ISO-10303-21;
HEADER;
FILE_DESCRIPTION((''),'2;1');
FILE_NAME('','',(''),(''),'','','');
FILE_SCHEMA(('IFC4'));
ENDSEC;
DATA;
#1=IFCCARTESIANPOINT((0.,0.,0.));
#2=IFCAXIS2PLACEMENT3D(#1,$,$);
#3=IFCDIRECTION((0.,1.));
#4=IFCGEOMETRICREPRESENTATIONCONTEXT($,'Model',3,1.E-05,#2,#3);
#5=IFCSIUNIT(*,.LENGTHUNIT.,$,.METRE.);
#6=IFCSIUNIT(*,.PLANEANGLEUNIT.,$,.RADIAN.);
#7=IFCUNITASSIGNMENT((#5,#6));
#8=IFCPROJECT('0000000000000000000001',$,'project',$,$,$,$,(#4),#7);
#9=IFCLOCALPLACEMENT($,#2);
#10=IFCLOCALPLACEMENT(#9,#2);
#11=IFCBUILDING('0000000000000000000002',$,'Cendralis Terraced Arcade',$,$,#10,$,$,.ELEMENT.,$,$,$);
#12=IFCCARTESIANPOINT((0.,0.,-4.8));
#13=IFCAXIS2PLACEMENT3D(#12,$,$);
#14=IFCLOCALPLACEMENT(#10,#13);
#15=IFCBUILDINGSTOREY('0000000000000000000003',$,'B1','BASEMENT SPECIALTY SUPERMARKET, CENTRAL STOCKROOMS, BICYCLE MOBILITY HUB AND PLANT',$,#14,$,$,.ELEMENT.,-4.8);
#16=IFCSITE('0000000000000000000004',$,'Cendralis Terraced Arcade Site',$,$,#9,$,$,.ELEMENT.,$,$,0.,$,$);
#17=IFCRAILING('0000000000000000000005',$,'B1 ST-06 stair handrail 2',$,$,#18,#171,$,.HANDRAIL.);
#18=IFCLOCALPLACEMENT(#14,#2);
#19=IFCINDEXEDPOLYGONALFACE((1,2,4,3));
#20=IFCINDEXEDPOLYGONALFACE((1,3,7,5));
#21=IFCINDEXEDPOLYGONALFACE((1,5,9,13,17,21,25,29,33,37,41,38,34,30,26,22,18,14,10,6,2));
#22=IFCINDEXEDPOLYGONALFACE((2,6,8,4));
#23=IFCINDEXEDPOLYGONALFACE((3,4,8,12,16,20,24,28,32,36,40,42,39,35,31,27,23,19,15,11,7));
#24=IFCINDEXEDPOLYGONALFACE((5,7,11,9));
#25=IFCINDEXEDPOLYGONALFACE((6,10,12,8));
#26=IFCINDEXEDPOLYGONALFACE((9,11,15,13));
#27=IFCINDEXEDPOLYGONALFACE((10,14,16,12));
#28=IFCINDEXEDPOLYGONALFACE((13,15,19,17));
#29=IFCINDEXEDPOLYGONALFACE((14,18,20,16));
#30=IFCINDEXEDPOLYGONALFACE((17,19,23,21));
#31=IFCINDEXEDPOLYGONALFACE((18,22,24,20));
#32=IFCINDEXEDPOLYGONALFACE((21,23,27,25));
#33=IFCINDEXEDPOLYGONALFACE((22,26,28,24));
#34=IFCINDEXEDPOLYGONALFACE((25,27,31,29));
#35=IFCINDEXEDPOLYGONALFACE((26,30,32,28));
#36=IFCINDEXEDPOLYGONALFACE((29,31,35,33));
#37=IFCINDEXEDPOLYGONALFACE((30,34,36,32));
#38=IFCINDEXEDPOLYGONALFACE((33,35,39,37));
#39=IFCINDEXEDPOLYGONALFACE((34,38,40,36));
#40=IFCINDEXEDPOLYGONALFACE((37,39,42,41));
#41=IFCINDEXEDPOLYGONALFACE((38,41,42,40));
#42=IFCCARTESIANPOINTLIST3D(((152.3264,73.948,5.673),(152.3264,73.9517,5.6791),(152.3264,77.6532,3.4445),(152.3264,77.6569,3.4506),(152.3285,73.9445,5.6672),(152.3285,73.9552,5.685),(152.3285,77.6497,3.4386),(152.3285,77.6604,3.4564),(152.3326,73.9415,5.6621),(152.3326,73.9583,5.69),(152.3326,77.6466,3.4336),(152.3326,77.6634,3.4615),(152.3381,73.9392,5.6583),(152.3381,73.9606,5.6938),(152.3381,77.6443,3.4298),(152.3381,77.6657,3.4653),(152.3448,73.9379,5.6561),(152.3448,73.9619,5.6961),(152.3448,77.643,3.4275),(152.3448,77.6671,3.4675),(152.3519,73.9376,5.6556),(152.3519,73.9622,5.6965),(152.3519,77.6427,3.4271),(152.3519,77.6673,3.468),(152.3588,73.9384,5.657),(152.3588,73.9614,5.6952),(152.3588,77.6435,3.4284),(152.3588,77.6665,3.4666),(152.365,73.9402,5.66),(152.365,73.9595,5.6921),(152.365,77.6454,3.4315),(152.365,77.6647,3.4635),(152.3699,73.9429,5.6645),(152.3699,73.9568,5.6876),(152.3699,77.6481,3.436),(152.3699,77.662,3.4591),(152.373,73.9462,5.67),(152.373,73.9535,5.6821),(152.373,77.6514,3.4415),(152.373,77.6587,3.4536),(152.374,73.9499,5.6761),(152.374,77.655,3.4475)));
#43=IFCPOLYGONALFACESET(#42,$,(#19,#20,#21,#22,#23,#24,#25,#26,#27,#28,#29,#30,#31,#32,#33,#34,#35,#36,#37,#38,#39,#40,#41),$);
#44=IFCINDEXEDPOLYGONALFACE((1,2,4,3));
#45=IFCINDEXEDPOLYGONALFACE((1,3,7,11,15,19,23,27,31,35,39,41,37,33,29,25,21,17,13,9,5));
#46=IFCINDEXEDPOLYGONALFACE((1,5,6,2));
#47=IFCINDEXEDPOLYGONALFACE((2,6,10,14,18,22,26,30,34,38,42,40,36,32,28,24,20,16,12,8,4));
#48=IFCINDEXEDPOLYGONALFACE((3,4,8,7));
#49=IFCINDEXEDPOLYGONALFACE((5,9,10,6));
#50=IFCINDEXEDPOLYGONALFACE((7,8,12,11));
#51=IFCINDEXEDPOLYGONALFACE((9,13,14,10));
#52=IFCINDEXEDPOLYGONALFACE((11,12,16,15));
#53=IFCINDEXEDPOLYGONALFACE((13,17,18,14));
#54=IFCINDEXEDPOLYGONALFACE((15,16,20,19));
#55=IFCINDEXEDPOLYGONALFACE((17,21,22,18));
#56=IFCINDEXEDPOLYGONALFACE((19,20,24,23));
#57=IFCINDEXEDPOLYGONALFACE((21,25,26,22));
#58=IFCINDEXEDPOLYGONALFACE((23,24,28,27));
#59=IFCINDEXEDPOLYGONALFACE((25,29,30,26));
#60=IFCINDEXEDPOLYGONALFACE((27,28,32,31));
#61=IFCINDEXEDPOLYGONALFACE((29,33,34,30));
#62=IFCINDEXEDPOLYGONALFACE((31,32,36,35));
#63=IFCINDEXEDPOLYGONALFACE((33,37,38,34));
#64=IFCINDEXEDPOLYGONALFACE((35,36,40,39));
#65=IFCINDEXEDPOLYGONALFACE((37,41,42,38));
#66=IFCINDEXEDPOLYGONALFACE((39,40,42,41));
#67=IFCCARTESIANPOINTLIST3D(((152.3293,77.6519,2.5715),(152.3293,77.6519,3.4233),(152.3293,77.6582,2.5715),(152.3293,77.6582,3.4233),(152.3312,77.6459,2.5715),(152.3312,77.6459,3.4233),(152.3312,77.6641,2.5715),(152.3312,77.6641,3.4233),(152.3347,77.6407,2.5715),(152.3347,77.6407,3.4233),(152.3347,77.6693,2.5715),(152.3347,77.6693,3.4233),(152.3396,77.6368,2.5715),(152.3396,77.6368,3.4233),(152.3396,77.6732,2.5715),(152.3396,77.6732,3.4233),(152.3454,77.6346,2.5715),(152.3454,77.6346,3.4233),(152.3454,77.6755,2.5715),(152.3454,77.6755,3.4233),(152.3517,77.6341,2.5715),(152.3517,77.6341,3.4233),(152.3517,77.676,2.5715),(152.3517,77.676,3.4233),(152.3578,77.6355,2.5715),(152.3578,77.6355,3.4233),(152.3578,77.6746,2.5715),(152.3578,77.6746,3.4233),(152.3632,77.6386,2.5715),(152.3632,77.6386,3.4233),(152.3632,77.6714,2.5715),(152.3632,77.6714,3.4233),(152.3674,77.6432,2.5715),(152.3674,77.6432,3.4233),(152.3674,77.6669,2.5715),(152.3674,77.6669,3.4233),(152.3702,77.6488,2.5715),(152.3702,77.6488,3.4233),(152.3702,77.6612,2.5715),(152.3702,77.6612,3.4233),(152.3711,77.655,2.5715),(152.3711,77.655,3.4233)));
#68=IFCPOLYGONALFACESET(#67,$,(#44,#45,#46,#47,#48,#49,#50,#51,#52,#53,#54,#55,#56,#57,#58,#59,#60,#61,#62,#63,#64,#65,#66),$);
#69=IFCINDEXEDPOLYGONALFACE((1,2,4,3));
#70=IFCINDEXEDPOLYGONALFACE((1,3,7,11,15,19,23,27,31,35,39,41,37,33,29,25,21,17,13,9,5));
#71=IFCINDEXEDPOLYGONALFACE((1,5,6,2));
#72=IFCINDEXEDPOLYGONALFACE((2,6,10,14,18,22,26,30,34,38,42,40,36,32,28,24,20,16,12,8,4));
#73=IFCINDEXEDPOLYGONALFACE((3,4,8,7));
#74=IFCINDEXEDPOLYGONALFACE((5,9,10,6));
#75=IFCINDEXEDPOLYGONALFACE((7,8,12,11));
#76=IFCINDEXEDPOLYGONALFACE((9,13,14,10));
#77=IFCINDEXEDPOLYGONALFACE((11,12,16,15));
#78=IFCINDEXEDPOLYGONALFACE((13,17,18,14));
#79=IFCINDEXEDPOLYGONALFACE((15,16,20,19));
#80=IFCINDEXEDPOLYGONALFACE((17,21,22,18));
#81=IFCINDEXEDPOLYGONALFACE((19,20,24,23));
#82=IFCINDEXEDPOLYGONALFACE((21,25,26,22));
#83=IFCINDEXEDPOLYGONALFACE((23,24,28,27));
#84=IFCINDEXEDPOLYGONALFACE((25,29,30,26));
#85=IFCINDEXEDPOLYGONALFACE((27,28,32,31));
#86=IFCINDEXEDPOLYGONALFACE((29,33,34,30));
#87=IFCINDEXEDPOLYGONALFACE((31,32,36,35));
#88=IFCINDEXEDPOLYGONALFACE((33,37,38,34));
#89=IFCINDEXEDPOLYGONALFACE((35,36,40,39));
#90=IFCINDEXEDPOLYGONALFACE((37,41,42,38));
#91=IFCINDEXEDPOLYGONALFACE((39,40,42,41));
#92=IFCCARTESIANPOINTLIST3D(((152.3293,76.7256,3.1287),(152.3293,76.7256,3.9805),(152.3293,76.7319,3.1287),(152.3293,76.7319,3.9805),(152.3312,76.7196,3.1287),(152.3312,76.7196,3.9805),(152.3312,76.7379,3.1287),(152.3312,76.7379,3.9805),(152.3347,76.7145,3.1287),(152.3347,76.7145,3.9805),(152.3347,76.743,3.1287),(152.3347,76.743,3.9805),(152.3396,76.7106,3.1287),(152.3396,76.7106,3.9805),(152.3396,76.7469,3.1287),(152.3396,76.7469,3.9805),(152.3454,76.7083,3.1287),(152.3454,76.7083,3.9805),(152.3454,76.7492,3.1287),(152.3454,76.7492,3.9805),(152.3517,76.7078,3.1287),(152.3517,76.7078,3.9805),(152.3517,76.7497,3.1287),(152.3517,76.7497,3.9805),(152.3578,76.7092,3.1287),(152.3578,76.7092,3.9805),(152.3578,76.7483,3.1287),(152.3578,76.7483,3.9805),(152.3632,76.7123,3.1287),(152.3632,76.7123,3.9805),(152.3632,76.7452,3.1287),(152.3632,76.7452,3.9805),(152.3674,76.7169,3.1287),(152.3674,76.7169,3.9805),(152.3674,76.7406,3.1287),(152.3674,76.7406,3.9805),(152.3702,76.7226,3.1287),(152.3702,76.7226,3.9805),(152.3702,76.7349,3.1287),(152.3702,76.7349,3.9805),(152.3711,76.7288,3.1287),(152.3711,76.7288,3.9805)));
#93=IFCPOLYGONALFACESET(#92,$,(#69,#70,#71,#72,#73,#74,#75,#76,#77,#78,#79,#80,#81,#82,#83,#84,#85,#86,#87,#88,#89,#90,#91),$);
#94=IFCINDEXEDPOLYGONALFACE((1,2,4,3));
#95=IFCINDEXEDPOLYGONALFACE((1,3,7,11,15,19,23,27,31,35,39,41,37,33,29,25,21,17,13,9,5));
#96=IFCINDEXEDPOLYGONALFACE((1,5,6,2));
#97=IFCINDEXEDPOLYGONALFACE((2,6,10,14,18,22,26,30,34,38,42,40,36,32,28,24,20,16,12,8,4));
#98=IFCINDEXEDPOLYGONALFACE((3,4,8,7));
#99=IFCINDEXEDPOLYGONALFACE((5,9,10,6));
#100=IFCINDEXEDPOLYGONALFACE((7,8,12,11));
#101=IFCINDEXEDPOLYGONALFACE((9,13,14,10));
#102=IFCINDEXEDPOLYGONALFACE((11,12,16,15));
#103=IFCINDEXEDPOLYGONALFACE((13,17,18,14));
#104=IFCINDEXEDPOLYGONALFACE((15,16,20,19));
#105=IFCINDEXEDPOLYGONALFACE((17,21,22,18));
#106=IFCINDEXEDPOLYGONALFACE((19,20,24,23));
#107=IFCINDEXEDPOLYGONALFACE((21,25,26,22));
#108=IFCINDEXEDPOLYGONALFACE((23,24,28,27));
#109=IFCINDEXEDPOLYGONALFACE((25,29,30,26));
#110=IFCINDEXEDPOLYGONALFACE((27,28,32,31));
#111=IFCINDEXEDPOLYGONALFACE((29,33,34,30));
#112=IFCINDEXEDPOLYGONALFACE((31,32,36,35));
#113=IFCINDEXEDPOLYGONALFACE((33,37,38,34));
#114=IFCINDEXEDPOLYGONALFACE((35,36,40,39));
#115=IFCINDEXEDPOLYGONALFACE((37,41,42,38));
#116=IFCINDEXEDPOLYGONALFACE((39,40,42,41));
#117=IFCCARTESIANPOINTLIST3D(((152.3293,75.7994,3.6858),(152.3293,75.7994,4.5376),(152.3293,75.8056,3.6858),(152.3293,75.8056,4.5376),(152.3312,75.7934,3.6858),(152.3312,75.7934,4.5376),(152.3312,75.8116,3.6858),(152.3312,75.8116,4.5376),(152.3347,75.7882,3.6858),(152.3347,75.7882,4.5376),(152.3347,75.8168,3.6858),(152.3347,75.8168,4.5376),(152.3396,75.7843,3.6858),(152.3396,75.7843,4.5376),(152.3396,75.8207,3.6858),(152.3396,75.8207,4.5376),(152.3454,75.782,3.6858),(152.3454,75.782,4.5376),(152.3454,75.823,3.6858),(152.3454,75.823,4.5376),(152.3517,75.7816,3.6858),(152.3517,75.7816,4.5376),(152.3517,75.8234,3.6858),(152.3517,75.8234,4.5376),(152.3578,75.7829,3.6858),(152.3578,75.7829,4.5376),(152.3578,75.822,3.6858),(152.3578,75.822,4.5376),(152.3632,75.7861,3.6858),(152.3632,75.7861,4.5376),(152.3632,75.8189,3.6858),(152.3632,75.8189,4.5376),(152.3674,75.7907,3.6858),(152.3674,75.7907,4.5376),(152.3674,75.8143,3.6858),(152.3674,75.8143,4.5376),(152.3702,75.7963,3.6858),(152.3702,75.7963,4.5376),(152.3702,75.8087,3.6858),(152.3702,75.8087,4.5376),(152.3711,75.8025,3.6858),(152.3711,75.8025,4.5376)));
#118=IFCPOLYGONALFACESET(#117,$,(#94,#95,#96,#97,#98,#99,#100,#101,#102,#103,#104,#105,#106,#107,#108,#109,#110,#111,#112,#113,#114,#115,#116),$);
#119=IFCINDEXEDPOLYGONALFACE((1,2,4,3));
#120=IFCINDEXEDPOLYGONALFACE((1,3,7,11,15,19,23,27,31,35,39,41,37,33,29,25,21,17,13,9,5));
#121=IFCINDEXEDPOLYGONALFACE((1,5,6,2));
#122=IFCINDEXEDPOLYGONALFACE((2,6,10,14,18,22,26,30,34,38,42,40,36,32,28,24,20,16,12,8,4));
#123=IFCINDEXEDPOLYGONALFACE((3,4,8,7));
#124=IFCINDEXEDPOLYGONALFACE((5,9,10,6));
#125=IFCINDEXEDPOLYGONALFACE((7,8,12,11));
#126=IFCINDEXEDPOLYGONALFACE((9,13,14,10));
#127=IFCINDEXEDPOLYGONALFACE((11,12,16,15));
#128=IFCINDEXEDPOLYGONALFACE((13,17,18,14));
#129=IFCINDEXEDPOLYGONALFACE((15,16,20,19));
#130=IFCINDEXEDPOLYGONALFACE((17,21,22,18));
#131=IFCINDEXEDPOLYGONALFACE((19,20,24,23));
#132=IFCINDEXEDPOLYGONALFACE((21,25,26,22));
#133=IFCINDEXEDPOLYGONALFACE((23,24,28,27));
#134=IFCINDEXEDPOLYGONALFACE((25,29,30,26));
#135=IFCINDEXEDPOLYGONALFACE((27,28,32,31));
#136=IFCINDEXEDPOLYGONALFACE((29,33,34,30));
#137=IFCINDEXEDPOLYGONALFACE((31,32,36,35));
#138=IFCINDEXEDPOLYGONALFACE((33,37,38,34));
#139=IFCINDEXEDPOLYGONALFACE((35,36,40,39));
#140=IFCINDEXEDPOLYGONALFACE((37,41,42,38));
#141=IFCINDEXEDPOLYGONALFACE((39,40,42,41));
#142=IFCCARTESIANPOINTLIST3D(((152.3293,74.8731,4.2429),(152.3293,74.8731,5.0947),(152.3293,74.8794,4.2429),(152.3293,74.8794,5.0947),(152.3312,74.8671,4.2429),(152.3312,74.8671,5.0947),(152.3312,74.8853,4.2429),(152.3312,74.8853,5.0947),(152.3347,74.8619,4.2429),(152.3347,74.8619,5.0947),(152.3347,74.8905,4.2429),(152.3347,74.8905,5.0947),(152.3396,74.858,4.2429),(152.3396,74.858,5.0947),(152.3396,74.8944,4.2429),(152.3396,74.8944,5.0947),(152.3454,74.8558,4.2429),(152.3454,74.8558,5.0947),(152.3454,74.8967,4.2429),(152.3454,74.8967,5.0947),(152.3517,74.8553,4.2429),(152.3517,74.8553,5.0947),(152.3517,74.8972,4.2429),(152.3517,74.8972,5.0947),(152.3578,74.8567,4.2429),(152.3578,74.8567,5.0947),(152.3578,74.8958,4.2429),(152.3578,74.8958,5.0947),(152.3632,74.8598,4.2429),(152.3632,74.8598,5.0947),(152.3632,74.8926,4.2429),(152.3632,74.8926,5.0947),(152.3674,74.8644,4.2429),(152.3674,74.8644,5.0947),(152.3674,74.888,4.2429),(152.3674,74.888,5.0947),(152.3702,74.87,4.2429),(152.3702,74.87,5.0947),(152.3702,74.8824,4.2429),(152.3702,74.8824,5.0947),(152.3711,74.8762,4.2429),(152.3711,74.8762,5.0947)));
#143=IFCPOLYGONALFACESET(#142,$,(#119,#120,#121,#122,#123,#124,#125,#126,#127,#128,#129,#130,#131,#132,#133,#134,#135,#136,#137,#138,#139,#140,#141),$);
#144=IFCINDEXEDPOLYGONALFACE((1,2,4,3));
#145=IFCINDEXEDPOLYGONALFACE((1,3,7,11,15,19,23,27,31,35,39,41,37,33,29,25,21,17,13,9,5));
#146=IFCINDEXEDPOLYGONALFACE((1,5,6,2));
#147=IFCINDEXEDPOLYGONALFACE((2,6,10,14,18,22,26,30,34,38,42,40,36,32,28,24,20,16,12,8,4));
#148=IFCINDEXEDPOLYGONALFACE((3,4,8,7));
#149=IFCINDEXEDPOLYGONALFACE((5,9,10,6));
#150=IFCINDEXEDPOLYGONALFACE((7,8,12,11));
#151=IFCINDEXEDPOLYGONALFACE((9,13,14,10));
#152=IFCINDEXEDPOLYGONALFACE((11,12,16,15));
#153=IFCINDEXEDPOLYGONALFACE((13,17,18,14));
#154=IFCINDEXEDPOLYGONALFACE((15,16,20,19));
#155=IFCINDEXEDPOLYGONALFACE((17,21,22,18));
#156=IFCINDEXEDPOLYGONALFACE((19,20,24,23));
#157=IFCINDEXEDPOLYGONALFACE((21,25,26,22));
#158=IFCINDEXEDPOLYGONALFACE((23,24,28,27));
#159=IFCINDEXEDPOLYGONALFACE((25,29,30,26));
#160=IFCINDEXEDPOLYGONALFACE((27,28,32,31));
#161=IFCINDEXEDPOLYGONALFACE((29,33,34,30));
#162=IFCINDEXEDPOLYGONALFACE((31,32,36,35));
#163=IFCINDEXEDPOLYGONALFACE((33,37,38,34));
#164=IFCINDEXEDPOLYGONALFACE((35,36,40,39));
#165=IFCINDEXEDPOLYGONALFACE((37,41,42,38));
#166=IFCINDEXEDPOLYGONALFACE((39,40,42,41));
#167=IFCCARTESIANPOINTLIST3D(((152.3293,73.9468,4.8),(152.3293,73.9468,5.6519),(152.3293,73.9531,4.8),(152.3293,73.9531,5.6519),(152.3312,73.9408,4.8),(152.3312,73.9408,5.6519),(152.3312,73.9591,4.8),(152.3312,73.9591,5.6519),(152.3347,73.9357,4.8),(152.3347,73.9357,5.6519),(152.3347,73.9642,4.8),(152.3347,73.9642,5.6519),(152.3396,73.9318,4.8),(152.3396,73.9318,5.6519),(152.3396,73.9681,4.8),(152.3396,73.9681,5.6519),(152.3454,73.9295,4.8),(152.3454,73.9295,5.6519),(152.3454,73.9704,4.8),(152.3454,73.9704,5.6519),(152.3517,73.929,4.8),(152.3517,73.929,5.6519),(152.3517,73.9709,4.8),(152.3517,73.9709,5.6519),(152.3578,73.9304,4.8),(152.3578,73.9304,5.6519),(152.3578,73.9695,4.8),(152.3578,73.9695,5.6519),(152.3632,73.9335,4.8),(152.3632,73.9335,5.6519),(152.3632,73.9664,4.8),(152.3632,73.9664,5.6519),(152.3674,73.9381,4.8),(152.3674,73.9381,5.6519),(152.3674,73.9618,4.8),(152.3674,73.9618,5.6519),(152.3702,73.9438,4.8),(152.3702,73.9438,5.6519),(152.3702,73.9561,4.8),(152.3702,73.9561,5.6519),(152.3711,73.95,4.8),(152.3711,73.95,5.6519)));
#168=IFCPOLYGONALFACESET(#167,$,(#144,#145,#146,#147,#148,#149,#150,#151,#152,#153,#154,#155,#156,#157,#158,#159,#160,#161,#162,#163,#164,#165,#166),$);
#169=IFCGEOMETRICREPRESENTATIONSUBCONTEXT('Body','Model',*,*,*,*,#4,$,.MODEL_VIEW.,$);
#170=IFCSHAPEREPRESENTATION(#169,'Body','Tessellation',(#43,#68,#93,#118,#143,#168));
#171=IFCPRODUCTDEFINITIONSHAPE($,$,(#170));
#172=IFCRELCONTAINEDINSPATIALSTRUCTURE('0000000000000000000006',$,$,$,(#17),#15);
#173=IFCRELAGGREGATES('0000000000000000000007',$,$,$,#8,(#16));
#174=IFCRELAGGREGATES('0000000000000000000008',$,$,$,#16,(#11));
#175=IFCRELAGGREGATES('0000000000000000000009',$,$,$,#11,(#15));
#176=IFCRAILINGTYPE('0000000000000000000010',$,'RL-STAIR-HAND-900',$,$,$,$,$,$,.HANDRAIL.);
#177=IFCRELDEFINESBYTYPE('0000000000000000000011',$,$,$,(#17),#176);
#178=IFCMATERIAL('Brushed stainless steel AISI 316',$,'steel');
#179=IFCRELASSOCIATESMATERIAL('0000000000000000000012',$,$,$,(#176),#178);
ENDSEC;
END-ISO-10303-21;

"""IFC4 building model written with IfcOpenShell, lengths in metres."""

from ifc_helpers import new_model, si_unit, direction, frame, origin, origin_2d, place, context, subcontext, project, spatial, circle, extrude, material, type_object, element, save


model = new_model("IFC4")

# Units and contexts
model_context = context("Model", 3, precision=1e-05, world=origin(), true_north=direction((0.0, 1.0)))
body_context = subcontext(model_context, "Body", "Model", "MODEL_VIEW")
ifc_project = project(units=[si_unit("LENGTHUNIT", "METRE"), si_unit("PLANEANGLEUNIT", "RADIAN")], contexts=[model_context])

# Site, building, storey
site_placement = place(None, origin())
site = spatial("IfcSite", under=ifc_project, at=site_placement, Name="Cendralis Terraced Arcade Site", CompositionType="ELEMENT", RefElevation=0.0)
building_placement = place(site_placement, origin())
building = spatial("IfcBuilding", under=site, at=building_placement, Name="Cendralis Terraced Arcade", CompositionType="ELEMENT")
storey_placement = place(building_placement, frame((0.0, 0.0, -4.8)))
storey = spatial("IfcBuildingStorey", under=building, at=storey_placement, Name="B1", Description="BASEMENT SPECIALTY SUPERMARKET, CENTRAL STOCKROOMS, BICYCLE MOBILITY HUB AND PLANT", CompositionType="ELEMENT", Elevation=-4.8)

# Railing
ifc_material_1 = material(Name="Brushed stainless steel AISI 316", Category="steel")
railing_type_1 = type_object("IfcRailingType", Name="RL-STAIR-HAND-900", PredefinedType="HANDRAIL", material=ifc_material_1)
railing_1_placement = place(storey_placement, frame((152.3501, 77.655, 2.5715)))
element("IfcRailing", 1, at=railing_1_placement, inside=storey, type_object=railing_type_1, Name="B1 ST-06 stair handrail 2", PredefinedType="HANDRAIL", context=body_context, shape_type="SweptSolid", body=[
    extrude(circle(Radius=0.0239, at=origin_2d()), frame((0.0, 0.0, 0.876), z_axis=(0.0, -0.856934, 0.515425), x_axis=(1.0, 0.0, 0.0)), (0.0, 0.0, 1.0), 4.3237),
    extrude(circle(Radius=0.021, at=origin_2d()), origin(), (0.0, 0.0, 1.0), 0.8518),
    extrude(circle(Radius=0.021, at=origin_2d()), frame((0.0, -0.9263, 0.5571)), (0.0, 0.0, 1.0), 0.8518),
    extrude(circle(Radius=0.021, at=origin_2d()), frame((0.0, -1.8525, 1.1143)), (0.0, 0.0, 1.0), 0.8518),
    extrude(circle(Radius=0.021, at=origin_2d()), frame((0.0, -2.7788, 1.6714)), (0.0, 0.0, 1.0), 0.8518),
    extrude(circle(Radius=0.021, at=origin_2d()), frame((0.0, -3.7051, 2.2285)), (0.0, 0.0, 1.0), 0.8518),
])

save(model, "model.ifc")
